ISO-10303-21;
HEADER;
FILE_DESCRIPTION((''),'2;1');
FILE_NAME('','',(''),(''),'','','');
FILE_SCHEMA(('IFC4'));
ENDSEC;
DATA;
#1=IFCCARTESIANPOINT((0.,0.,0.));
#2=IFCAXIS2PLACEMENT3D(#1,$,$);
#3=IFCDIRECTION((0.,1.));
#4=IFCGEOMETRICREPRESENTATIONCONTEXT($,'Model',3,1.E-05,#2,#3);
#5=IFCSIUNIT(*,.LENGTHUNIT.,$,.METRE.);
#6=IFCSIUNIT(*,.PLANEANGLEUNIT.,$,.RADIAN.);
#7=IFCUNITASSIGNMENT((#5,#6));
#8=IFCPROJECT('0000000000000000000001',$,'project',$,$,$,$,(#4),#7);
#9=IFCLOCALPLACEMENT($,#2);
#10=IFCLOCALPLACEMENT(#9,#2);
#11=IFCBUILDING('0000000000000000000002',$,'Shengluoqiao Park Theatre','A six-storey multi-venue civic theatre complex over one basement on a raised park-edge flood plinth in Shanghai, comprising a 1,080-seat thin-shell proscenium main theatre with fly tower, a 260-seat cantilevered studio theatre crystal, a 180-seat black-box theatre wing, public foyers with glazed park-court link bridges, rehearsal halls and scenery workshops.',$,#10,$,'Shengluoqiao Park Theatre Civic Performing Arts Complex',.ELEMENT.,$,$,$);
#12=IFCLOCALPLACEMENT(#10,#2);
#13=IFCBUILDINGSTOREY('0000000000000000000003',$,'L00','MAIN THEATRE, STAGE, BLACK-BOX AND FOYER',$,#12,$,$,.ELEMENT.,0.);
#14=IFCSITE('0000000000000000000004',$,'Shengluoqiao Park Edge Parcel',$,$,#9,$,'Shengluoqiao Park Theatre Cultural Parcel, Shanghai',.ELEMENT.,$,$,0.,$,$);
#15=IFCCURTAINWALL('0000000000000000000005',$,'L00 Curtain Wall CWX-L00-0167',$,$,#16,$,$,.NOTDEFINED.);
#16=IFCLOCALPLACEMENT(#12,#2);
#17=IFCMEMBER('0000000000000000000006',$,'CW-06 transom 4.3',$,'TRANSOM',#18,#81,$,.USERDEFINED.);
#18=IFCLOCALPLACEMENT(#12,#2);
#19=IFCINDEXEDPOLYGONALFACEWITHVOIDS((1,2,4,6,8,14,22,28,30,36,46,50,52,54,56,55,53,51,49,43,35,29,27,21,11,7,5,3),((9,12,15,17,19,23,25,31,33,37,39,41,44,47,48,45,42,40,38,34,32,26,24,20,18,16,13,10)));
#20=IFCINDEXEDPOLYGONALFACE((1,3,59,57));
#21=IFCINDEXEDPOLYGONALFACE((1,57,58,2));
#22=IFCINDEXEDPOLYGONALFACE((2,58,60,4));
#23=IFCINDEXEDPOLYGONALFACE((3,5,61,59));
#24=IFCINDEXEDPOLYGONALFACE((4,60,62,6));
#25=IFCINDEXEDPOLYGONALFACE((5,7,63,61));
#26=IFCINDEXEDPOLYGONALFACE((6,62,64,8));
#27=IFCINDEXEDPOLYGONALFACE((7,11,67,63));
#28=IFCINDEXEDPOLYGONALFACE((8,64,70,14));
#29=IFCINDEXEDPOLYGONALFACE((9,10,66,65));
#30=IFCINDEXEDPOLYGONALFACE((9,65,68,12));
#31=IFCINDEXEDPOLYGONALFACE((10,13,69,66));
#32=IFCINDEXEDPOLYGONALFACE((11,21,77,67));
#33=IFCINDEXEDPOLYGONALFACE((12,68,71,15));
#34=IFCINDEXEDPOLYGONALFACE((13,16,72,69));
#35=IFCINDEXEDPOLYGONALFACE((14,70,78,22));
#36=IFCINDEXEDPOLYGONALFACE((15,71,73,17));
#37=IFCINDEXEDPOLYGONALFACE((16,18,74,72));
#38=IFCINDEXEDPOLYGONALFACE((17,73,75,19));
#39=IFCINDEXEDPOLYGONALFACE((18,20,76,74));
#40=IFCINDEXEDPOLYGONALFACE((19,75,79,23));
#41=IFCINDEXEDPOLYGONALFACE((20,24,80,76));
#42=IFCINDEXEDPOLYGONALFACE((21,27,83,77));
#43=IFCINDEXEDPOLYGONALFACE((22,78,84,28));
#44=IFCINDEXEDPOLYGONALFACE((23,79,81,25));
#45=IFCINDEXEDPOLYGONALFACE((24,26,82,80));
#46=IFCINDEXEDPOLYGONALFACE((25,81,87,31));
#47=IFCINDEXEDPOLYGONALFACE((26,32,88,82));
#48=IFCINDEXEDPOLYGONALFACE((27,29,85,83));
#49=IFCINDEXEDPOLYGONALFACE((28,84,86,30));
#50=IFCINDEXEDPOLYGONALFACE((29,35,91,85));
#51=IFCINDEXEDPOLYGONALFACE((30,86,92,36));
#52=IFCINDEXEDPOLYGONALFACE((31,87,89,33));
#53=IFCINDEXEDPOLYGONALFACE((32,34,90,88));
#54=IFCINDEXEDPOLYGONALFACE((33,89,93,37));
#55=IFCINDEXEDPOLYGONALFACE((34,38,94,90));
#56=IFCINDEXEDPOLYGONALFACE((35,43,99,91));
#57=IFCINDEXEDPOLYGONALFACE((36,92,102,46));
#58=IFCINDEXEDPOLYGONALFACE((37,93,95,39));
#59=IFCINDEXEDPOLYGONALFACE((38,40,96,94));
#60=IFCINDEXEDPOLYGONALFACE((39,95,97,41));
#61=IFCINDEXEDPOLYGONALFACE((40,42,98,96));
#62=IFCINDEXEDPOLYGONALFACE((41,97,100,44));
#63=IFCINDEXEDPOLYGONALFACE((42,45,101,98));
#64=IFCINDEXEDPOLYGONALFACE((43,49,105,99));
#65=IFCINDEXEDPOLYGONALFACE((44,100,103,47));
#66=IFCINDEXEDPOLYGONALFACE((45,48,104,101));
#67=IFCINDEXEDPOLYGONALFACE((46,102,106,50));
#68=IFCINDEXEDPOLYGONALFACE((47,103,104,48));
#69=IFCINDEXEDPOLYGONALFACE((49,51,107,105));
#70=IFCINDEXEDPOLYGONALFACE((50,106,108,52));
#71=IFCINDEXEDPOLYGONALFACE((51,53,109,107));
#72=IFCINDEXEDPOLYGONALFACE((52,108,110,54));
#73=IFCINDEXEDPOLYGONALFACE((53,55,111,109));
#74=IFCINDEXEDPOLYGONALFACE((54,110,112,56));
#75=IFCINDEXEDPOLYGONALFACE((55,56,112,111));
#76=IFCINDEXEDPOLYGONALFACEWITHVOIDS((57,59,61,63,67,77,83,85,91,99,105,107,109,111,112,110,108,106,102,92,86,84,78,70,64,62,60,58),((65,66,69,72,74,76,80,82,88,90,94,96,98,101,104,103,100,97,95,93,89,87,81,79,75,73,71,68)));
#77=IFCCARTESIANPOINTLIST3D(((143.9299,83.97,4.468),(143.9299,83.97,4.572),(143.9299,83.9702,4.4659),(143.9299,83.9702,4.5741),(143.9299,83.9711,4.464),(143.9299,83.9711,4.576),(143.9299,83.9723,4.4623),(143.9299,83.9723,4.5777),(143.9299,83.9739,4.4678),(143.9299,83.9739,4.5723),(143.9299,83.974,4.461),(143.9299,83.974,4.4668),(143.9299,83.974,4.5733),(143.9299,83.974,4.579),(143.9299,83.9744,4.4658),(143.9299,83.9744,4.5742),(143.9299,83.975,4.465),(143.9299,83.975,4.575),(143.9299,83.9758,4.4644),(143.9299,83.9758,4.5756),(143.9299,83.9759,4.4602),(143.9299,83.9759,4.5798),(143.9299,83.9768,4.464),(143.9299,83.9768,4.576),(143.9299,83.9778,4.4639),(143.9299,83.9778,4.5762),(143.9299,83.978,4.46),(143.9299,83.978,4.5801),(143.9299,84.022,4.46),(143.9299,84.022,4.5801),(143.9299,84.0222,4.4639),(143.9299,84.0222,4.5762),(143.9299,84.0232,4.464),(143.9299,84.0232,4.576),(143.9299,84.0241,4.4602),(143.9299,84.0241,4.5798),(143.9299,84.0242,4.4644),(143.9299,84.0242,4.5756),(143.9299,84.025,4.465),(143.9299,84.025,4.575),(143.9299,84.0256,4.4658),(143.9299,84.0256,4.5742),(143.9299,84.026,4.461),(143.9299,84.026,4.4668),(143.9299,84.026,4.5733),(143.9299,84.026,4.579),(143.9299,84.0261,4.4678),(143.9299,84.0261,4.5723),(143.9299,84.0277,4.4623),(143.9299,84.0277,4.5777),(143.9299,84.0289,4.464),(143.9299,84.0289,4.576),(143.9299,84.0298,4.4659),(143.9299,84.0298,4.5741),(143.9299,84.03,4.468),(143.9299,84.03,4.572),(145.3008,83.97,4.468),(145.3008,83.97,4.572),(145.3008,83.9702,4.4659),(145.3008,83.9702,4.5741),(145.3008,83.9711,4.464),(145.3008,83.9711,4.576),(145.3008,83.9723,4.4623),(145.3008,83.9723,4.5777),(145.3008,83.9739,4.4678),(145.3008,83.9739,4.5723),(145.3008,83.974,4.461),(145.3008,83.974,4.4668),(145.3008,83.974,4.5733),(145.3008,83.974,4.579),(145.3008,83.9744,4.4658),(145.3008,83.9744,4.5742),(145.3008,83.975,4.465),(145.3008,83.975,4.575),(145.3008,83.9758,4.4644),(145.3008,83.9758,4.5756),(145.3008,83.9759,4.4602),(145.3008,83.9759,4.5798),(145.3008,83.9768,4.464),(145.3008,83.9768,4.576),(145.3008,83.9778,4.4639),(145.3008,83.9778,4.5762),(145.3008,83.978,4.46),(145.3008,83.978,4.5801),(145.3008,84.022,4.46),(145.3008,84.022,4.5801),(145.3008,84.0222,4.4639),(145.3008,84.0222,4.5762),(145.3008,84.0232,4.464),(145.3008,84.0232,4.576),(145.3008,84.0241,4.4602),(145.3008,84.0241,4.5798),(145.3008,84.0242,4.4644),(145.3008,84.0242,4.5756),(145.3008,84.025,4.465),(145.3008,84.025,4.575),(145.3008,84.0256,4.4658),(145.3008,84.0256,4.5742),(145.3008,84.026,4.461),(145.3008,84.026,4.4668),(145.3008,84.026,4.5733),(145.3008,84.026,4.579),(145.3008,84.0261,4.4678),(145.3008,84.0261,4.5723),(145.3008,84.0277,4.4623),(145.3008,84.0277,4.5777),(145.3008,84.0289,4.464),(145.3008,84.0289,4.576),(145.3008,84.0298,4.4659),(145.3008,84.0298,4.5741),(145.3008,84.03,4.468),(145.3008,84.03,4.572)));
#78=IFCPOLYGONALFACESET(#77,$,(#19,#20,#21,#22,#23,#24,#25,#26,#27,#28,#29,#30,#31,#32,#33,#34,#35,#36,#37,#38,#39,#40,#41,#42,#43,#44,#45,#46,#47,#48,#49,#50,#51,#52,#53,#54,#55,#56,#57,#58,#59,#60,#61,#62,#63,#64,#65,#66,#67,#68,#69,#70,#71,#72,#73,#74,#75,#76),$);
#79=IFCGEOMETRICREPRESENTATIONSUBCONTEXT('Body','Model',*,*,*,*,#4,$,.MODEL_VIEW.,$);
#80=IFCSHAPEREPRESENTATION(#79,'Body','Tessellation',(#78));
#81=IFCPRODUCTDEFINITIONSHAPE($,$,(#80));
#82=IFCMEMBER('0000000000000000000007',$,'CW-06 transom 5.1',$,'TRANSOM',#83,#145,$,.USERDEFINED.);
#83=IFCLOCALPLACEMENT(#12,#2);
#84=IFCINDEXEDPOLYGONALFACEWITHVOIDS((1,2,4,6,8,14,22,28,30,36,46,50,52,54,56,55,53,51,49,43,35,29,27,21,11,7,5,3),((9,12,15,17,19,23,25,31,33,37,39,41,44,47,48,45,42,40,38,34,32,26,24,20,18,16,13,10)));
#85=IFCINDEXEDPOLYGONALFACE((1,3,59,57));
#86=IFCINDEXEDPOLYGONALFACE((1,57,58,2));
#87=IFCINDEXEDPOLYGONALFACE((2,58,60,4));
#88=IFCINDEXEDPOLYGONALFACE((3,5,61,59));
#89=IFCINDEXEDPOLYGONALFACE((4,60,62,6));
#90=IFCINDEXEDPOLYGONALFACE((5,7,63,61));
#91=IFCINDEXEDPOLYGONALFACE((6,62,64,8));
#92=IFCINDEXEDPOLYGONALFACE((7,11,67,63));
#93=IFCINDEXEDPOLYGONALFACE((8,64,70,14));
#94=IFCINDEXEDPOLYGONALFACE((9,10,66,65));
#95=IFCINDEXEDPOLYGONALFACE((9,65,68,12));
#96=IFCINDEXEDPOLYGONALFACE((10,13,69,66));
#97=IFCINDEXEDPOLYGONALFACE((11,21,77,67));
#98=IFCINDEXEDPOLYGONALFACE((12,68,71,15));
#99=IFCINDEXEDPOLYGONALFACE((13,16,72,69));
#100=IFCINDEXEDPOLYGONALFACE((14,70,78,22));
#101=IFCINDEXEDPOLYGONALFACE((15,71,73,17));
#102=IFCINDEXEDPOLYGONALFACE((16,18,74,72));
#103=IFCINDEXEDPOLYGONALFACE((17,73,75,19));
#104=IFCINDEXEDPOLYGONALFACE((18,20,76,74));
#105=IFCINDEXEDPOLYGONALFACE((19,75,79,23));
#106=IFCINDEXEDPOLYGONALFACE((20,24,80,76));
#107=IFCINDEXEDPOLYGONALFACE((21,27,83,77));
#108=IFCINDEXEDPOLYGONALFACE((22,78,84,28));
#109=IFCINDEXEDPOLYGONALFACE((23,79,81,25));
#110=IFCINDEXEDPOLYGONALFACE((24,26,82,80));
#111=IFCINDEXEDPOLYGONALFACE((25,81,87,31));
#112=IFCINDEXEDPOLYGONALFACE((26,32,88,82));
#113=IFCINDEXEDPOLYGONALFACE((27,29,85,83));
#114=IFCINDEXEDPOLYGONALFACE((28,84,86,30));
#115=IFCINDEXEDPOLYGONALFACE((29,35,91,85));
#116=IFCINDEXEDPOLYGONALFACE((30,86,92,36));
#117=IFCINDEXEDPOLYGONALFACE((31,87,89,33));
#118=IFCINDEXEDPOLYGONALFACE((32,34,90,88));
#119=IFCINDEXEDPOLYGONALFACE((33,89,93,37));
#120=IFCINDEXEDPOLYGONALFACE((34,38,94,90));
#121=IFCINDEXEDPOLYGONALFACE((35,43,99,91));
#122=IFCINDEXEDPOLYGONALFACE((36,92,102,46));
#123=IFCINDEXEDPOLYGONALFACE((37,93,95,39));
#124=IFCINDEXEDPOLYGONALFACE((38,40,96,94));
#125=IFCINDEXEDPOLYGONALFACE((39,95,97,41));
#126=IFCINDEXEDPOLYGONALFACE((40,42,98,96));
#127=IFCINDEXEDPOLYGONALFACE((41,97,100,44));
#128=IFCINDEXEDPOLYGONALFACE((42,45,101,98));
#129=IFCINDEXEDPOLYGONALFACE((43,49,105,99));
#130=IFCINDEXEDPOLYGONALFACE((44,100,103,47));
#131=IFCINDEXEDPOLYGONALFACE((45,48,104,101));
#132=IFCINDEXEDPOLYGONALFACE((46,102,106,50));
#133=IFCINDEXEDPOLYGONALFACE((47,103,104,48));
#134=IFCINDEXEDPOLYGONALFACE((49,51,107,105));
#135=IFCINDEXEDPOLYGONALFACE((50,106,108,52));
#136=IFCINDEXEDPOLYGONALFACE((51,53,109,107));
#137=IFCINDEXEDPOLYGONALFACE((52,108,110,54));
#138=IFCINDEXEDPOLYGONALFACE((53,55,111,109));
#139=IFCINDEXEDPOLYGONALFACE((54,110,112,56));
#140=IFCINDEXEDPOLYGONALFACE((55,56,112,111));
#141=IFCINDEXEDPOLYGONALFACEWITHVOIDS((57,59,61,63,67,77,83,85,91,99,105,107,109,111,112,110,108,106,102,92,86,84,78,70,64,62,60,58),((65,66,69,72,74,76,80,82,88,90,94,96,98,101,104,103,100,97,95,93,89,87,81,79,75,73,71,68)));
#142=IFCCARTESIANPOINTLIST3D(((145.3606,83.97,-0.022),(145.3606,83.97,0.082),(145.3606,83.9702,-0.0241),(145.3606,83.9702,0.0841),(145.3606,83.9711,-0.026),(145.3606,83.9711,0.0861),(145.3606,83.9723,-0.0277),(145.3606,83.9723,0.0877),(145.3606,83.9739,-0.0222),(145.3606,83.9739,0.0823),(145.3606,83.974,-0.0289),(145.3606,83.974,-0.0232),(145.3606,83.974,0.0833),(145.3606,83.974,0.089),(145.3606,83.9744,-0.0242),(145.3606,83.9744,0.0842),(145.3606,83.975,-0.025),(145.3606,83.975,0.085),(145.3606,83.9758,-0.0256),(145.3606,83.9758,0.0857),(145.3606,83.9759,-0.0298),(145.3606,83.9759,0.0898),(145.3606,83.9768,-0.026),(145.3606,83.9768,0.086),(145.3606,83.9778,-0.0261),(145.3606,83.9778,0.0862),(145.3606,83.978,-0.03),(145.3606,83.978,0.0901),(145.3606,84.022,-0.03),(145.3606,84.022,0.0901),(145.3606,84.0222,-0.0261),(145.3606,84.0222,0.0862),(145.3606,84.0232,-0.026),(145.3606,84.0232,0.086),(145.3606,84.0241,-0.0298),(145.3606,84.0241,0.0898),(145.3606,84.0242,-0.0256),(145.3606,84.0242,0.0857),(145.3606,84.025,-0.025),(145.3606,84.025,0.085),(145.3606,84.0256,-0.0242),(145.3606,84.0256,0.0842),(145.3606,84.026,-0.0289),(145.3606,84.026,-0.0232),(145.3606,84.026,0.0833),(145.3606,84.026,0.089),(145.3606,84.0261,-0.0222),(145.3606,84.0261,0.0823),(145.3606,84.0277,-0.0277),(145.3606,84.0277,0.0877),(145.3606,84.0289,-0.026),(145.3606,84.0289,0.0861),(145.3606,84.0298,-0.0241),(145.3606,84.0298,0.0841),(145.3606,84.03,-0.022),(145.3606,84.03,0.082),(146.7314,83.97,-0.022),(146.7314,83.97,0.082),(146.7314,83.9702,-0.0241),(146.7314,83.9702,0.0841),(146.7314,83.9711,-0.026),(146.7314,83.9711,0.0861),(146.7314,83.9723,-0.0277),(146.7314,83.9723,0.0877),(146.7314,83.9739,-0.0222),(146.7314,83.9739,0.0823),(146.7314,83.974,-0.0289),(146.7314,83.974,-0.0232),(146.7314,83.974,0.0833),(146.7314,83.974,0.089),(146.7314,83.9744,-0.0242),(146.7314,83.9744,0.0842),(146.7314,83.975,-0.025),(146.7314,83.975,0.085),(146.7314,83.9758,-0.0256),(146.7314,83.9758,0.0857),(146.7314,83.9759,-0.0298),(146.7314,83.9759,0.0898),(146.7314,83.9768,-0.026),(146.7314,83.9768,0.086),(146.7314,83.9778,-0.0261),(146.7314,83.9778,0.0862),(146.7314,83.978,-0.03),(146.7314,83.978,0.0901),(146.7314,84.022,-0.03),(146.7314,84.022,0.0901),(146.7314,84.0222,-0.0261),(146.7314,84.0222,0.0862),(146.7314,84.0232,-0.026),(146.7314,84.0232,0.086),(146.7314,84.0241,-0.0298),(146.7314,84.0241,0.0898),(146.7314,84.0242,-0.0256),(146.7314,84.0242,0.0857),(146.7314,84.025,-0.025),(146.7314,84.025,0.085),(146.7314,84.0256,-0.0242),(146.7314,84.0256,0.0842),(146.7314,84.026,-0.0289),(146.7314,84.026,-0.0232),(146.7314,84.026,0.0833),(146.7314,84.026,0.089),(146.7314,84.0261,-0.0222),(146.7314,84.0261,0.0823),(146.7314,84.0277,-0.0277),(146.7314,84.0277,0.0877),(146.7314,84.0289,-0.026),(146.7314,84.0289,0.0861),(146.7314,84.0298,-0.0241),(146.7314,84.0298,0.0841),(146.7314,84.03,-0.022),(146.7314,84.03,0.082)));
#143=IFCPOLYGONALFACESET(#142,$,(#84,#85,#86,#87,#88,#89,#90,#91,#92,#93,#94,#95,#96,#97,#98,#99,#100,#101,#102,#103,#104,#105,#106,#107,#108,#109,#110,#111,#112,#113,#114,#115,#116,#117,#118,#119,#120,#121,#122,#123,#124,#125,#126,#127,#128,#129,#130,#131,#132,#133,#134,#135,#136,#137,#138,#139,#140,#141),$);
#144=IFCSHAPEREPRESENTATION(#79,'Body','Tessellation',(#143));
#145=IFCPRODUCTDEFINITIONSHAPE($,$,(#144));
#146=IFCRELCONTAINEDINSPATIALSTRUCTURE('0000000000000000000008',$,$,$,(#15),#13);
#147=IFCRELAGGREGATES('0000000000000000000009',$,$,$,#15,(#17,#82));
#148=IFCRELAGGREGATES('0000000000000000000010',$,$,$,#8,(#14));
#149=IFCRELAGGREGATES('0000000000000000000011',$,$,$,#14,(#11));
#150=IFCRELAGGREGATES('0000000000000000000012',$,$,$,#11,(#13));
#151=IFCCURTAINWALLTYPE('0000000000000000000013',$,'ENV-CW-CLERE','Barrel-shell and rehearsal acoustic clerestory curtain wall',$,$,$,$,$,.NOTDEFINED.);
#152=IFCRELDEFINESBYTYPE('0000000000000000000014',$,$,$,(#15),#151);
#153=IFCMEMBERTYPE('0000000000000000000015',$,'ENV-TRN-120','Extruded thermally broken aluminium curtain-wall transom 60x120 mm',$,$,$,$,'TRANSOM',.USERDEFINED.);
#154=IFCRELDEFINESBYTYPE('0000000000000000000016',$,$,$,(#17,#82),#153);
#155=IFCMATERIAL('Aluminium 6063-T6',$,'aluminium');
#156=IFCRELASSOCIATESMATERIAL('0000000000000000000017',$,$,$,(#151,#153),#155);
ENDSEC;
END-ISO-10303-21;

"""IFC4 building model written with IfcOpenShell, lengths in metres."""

from ifc_helpers import new_model, si_unit, direction, frame, origin, origin_2d, place, context, subcontext, project, spatial, hollow_rectangle, extrude, material, material_profile, profile_set, type_object, element, aggregate, save


model = new_model("IFC4")

# Units and contexts
model_context = context("Model", 3, precision=1e-05, world=origin(), true_north=direction((0.0, 1.0)))
body_context = subcontext(model_context, "Body", "Model", "MODEL_VIEW")
ifc_project = project(units=[si_unit("LENGTHUNIT", "METRE"), si_unit("PLANEANGLEUNIT", "RADIAN")], contexts=[model_context])

# Site, building, storey
site_placement = place(None, origin())
site = spatial("IfcSite", under=ifc_project, at=site_placement, Name="Shengluoqiao Park Edge Parcel", LongName="Shengluoqiao Park Theatre Cultural Parcel, Shanghai", CompositionType="ELEMENT", RefElevation=0.0)
building_placement = place(site_placement, origin())
building = spatial("IfcBuilding", under=site, at=building_placement, Name="Shengluoqiao Park Theatre", Description="A six-storey multi-venue civic theatre complex over one basement on a raised park-edge flood plinth in Shanghai, comprising a 1,080-seat thin-shell proscenium main theatre with fly tower, a 260-seat cantilevered studio theatre crystal, a 180-seat black-box theatre wing, public foyers with glazed park-court link bridges, rehearsal halls and scenery workshops.", LongName="Shengluoqiao Park Theatre Civic Performing Arts Complex", CompositionType="ELEMENT")
storey_placement = place(building_placement, origin())
storey = spatial("IfcBuildingStorey", under=building, at=storey_placement, Name="L00", Description="MAIN THEATRE, STAGE, BLACK-BOX AND FOYER", CompositionType="ELEMENT", Elevation=0.0)

# Curtain wall
ifc_material_1 = material(Name="Aluminium 6063-T6", Category="aluminium")
curtain_wall_type_1 = type_object("IfcCurtainWallType", Name="ENV-CW-CLERE", Description="Barrel-shell and rehearsal acoustic clerestory curtain wall", PredefinedType="NOTDEFINED", material=ifc_material_1)
curtain_wall_1_placement = place(storey_placement, origin())
curtain_wall_1 = element("IfcCurtainWall", 1, at=curtain_wall_1_placement, inside=storey, type_object=curtain_wall_type_1, Name="L00 Curtain Wall CWX-L00-0167", PredefinedType="NOTDEFINED")

# Members
ifc_material_profile_1 = material_profile(ifc_material_1, hollow_rectangle(XDim=0.0601, YDim=0.1201, WallThickness=0.0039, InnerFilletRadius=0.0039, OuterFilletRadius=0.0081, at=origin_2d()), Name="ALU TRANSOM 120x60x4")
ifc_profile_set_1 = profile_set([ifc_material_profile_1], Name="Aluminium 6063-T6")
member_type_1 = type_object("IfcMemberType", Name="ENV-TRN-120", Description="Extruded thermally broken aluminium curtain-wall transom 60x120 mm", ElementType="TRANSOM", PredefinedType="USERDEFINED", material=ifc_profile_set_1)
member_1_placement = place(storey_placement, frame((143.9299, 84.0, 4.52), z_axis=(1.0, 0.0, 0.0), x_axis=(0.0, 1.0, 0.0)))
member_1 = element("IfcMember", 2, at=member_1_placement, type_object=member_type_1, Name="CW-06 transom 4.3", ObjectType="TRANSOM", PredefinedType="USERDEFINED", context=body_context, shape_type="SweptSolid", body=[
    extrude(hollow_rectangle(XDim=0.0601, YDim=0.1201, WallThickness=0.0039, InnerFilletRadius=0.0039, OuterFilletRadius=0.0081, at=origin_2d()), origin(), (0.0, 0.0, 1.0), 1.3708),
])
member_2_placement = place(storey_placement, frame((145.3606, 84.0, 0.03), z_axis=(1.0, 0.0, 0.0), x_axis=(0.0, 1.0, 0.0)))
member_2 = element("IfcMember", 3, at=member_2_placement, type_object=member_type_1, Name="CW-06 transom 5.1", ObjectType="TRANSOM", PredefinedType="USERDEFINED", context=body_context, shape_type="SweptSolid", body=[
    extrude(hollow_rectangle(XDim=0.0601, YDim=0.1201, WallThickness=0.0039, InnerFilletRadius=0.0039, OuterFilletRadius=0.0081, at=origin_2d()), origin(), (0.0, 0.0, 1.0), 1.3708),
])

aggregate(curtain_wall_1, [member_1, member_2])

save(model, "model.ifc")
